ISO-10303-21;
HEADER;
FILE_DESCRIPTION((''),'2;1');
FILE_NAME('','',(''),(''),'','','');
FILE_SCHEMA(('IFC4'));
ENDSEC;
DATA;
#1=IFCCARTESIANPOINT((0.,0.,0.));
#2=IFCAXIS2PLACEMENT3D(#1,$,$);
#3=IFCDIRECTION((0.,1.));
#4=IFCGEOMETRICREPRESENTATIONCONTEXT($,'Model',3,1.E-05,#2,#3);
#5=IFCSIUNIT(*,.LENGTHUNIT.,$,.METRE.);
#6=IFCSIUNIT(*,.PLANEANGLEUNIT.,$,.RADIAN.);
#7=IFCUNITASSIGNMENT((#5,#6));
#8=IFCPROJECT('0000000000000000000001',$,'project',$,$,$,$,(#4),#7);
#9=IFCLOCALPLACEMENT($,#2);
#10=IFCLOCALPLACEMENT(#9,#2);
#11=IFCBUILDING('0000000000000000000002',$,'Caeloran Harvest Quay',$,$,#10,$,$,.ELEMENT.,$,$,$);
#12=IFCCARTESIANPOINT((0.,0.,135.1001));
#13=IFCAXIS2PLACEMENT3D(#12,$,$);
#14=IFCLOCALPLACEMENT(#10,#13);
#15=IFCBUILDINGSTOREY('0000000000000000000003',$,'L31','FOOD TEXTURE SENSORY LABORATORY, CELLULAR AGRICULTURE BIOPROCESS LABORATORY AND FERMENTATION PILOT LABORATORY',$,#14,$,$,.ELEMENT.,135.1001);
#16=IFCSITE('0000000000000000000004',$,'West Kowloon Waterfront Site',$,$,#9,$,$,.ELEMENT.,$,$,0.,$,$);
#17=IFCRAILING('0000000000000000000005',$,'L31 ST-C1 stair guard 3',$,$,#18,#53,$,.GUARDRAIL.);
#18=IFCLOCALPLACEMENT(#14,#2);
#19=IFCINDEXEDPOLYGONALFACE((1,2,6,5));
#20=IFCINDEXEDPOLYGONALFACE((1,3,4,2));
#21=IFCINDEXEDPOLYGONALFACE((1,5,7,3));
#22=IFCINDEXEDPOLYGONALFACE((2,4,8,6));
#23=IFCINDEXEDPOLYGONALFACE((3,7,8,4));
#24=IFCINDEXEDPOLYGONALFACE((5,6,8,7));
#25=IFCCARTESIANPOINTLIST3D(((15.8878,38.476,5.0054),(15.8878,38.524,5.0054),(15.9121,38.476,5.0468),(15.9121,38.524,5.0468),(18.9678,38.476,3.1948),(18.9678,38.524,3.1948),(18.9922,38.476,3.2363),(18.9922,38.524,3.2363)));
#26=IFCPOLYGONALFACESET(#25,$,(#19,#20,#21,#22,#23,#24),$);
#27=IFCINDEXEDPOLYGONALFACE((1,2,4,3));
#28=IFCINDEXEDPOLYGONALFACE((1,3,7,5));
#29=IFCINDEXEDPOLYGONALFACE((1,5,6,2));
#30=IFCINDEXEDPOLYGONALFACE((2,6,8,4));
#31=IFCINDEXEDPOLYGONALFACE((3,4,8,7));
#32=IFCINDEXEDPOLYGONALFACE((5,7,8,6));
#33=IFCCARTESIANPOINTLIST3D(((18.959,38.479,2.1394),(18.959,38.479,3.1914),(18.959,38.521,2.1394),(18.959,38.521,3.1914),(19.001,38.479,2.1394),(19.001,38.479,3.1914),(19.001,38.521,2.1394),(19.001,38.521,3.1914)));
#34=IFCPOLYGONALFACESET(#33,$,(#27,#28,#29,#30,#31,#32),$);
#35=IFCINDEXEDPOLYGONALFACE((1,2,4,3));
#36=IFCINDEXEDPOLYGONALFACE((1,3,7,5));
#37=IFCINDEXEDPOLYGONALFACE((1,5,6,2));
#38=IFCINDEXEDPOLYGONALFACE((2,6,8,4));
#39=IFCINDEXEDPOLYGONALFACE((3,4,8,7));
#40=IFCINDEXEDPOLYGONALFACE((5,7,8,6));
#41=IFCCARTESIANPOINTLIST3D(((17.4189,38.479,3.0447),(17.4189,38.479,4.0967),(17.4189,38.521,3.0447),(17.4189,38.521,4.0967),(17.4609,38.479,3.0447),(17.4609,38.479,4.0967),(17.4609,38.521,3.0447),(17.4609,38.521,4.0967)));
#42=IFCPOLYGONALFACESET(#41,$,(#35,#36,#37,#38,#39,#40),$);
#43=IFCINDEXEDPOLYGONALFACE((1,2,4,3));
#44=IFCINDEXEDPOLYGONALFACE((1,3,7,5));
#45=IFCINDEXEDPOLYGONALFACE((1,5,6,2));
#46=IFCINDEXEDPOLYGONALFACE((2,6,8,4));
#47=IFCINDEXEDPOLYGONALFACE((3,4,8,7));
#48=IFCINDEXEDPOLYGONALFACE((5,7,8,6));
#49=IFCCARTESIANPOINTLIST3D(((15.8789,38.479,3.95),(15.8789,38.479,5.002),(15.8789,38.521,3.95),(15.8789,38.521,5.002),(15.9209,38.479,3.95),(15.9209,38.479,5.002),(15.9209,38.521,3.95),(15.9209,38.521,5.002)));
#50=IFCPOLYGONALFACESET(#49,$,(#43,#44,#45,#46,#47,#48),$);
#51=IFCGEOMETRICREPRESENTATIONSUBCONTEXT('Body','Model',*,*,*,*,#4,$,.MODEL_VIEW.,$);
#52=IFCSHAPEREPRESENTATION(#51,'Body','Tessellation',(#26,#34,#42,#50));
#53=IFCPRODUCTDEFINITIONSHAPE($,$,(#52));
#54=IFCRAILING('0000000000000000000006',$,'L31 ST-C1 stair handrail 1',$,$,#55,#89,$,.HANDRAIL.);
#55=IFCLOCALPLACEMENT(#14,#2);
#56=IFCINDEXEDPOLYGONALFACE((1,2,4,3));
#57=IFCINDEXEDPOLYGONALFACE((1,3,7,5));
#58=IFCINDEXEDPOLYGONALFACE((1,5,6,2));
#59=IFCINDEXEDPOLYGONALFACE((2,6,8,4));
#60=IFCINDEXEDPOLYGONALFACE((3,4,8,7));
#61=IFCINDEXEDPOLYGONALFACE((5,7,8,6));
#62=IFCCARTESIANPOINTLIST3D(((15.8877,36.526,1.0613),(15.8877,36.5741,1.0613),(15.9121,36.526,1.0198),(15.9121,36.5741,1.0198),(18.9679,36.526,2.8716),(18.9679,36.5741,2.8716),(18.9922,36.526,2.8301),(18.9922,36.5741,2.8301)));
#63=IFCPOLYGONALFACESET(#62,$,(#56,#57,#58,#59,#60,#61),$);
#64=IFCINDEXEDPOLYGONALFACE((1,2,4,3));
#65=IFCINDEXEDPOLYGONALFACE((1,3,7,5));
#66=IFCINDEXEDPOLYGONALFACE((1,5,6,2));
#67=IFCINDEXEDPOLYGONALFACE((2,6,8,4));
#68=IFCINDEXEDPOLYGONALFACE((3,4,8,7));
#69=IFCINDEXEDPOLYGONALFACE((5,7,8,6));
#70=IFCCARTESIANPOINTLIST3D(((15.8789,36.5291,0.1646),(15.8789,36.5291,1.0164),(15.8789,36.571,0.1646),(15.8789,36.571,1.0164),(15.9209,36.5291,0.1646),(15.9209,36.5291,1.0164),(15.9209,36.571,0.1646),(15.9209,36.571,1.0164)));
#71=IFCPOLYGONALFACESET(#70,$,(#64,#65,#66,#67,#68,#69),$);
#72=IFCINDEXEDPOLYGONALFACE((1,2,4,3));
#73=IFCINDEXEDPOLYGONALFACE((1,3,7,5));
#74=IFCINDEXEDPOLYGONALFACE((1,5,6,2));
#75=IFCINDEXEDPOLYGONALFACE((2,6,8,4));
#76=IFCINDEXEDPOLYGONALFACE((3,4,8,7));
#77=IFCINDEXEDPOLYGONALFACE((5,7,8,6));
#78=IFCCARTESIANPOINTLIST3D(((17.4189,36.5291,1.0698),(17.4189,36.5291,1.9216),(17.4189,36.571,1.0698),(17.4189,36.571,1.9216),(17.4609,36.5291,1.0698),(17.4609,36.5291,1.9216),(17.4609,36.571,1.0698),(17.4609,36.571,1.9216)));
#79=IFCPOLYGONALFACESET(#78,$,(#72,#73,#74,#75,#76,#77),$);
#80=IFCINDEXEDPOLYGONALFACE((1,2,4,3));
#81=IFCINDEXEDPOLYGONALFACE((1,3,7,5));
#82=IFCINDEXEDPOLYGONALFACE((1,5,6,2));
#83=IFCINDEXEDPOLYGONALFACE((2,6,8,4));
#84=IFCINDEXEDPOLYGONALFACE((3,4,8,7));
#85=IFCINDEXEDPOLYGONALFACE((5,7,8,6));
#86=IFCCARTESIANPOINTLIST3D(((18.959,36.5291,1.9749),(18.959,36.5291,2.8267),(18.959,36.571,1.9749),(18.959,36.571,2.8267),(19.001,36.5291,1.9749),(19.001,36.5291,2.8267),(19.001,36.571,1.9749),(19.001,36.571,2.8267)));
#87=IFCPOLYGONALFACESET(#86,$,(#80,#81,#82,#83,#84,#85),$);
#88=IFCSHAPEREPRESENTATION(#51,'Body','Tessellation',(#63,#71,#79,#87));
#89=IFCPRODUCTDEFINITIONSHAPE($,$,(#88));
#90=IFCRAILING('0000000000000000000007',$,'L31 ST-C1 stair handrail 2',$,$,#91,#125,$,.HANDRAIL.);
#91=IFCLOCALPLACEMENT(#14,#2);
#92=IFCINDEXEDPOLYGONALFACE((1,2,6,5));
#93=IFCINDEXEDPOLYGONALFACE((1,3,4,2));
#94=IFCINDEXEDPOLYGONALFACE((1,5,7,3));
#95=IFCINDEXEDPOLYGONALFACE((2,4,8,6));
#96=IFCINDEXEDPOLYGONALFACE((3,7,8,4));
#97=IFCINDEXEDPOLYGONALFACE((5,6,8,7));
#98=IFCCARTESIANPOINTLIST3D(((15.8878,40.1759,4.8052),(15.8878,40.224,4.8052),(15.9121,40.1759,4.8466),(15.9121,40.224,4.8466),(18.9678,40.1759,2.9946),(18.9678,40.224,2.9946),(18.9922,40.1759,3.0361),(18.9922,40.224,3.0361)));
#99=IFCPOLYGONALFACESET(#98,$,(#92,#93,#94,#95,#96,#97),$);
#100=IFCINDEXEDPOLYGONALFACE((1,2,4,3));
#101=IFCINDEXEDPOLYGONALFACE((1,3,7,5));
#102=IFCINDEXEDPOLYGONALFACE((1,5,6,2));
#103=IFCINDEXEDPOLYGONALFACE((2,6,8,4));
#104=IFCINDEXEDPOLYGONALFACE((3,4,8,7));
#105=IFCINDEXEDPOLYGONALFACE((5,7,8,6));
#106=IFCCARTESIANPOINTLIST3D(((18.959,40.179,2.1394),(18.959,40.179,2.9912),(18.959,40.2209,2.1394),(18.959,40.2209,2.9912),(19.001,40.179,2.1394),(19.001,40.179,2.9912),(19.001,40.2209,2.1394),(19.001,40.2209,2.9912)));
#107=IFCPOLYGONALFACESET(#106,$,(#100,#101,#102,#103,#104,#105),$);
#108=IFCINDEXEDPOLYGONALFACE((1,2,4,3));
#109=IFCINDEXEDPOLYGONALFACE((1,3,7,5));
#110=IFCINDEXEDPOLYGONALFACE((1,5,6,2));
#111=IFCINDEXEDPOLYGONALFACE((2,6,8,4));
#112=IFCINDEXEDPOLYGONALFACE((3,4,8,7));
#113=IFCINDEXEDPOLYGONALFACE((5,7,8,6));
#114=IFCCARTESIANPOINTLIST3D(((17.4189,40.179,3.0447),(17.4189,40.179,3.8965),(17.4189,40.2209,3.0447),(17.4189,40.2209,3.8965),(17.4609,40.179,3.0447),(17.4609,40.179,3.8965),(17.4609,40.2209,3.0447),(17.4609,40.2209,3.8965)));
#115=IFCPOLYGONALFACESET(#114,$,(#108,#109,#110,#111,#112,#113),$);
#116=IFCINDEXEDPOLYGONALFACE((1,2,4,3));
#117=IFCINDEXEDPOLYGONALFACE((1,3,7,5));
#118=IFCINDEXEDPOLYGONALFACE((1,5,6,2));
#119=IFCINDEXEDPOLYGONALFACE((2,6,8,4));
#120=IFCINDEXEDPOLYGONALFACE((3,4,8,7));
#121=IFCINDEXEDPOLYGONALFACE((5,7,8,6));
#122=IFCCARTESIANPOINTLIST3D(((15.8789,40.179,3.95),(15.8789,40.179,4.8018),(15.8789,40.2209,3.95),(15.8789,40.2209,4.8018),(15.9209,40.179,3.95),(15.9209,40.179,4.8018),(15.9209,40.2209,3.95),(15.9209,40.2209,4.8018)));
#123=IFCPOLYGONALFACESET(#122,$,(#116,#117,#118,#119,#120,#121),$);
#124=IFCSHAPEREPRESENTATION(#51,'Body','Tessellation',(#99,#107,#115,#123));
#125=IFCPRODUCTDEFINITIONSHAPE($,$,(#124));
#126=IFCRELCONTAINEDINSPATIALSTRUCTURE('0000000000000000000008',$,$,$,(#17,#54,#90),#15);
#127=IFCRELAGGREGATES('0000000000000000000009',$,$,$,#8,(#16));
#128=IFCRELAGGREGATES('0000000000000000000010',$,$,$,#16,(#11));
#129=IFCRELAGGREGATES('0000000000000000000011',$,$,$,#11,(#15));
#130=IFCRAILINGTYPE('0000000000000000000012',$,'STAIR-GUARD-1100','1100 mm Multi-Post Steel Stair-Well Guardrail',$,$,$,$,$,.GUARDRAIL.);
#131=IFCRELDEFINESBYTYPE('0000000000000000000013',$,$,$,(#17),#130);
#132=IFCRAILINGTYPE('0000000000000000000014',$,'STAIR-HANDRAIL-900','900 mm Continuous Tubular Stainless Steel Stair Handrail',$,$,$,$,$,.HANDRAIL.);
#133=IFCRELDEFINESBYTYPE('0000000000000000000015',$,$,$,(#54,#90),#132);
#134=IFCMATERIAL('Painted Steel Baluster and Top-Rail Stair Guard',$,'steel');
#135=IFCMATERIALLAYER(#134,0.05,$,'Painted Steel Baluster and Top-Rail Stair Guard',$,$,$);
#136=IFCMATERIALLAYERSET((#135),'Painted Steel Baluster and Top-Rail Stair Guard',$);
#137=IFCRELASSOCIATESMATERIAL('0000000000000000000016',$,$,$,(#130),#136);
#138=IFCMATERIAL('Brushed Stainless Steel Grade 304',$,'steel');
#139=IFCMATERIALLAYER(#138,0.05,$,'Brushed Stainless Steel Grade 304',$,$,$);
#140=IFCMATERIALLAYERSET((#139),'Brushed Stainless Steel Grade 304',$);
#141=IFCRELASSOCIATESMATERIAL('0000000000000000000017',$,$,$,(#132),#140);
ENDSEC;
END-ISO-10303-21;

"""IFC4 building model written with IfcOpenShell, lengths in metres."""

from ifc_helpers import new_model, si_unit, direction, frame, origin, origin_2d, place, context, subcontext, project, spatial, rectangle, extrude, material, layer, layer_set, type_object, element, save


model = new_model("IFC4")

# Units and contexts
model_context = context("Model", 3, precision=1e-05, world=origin(), true_north=direction((0.0, 1.0)))
body_context = subcontext(model_context, "Body", "Model", "MODEL_VIEW")
ifc_project = project(units=[si_unit("LENGTHUNIT", "METRE"), si_unit("PLANEANGLEUNIT", "RADIAN")], contexts=[model_context])

# Site, building, storey
site_placement = place(None, origin())
site = spatial("IfcSite", under=ifc_project, at=site_placement, Name="West Kowloon Waterfront Site", CompositionType="ELEMENT", RefElevation=0.0)
building_placement = place(site_placement, origin())
building = spatial("IfcBuilding", under=site, at=building_placement, Name="Caeloran Harvest Quay", CompositionType="ELEMENT")
storey_placement = place(building_placement, frame((0.0, 0.0, 135.1001)))
storey = spatial("IfcBuildingStorey", under=building, at=storey_placement, Name="L31", Description="FOOD TEXTURE SENSORY LABORATORY, CELLULAR AGRICULTURE BIOPROCESS LABORATORY AND FERMENTATION PILOT LABORATORY", CompositionType="ELEMENT", Elevation=135.1001)

# Railings
ifc_material_1 = material(Name="Painted Steel Baluster and Top-Rail Stair Guard", Category="steel")
ifc_layer_1 = layer(ifc_material_1, 0.05, Name="Painted Steel Baluster and Top-Rail Stair Guard")
ifc_layer_set_1 = layer_set([ifc_layer_1], Name="Painted Steel Baluster and Top-Rail Stair Guard")
railing_type_1 = type_object("IfcRailingType", Name="STAIR-GUARD-1100", Description="1100 mm Multi-Post Steel Stair-Well Guardrail", PredefinedType="GUARDRAIL", material=ifc_layer_set_1)
railing_1_placement = place(storey_placement, frame((18.98, 38.5, 2.1394)))
element("IfcRailing", 1, at=railing_1_placement, inside=storey, type_object=railing_type_1, Name="L31 ST-C1 stair guard 3", PredefinedType="GUARDRAIL", context=body_context, shape_type="SweptSolid", body=[
    extrude(rectangle(XDim=0.0481, YDim=0.0481, at=origin_2d()), frame((0.0, 0.0, 1.0762), z_axis=(-0.862089, 0.0, 0.506757), x_axis=(0.0, -1.0, 0.0)), (0.0, 0.0, 1.0), 3.5728),
    extrude(rectangle(XDim=0.042, YDim=0.042, at=origin_2d()), origin(), (0.0, 0.0, 1.0), 1.052),
    extrude(rectangle(XDim=0.042, YDim=0.042, at=origin_2d()), frame((-1.54, 0.0, 0.9053)), (0.0, 0.0, 1.0), 1.052),
    extrude(rectangle(XDim=0.042, YDim=0.042, at=origin_2d()), frame((-3.0801, 0.0, 1.8105)), (0.0, 0.0, 1.0), 1.052),
])
ifc_material_2 = material(Name="Brushed Stainless Steel Grade 304", Category="steel")
ifc_layer_2 = layer(ifc_material_2, 0.05, Name="Brushed Stainless Steel Grade 304")
ifc_layer_set_2 = layer_set([ifc_layer_2], Name="Brushed Stainless Steel Grade 304")
railing_type_2 = type_object("IfcRailingType", Name="STAIR-HANDRAIL-900", Description="900 mm Continuous Tubular Stainless Steel Stair Handrail", PredefinedType="HANDRAIL", material=ifc_layer_set_2)
railing_2_placement = place(storey_placement, frame((15.8999, 36.55, 0.1646)))
element("IfcRailing", 2, at=railing_2_placement, inside=storey, type_object=railing_type_2, Name="L31 ST-C1 stair handrail 1", PredefinedType="HANDRAIL", context=body_context, shape_type="SweptSolid", body=[
    extrude(rectangle(XDim=0.0481, YDim=0.0481, at=origin_2d()), frame((0.0, 0.0, 0.876), z_axis=(0.862119, 0.0, 0.506707), x_axis=(0.0, 1.0, 0.0)), (0.0, 0.0, 1.0), 3.5728),
    extrude(rectangle(XDim=0.042, YDim=0.042, at=origin_2d()), origin(), (0.0, 0.0, 1.0), 0.8518),
    extrude(rectangle(XDim=0.042, YDim=0.042, at=origin_2d()), frame((1.54, 0.0, 0.9053)), (0.0, 0.0, 1.0), 0.8518),
    extrude(rectangle(XDim=0.042, YDim=0.042, at=origin_2d()), frame((3.0801, 0.0, 1.8103)), (0.0, 0.0, 1.0), 0.8518),
])
railing_3_placement = place(storey_placement, frame((18.98, 40.2, 2.1394)))
element("IfcRailing", 3, at=railing_3_placement, inside=storey, type_object=railing_type_2, Name="L31 ST-C1 stair handrail 2", PredefinedType="HANDRAIL", context=body_context, shape_type="SweptSolid", body=[
    extrude(rectangle(XDim=0.0481, YDim=0.0481, at=origin_2d()), frame((0.0, 0.0, 0.876), z_axis=(-0.862089, 0.0, 0.506757), x_axis=(0.0, -1.0, 0.0)), (0.0, 0.0, 1.0), 3.5728),
    extrude(rectangle(XDim=0.042, YDim=0.042, at=origin_2d()), origin(), (0.0, 0.0, 1.0), 0.8518),
    extrude(rectangle(XDim=0.042, YDim=0.042, at=origin_2d()), frame((-1.54, 0.0, 0.9053)), (0.0, 0.0, 1.0), 0.8518),
    extrude(rectangle(XDim=0.042, YDim=0.042, at=origin_2d()), frame((-3.0801, 0.0, 1.8105)), (0.0, 0.0, 1.0), 0.8518),
])

save(model, "model.ifc")
